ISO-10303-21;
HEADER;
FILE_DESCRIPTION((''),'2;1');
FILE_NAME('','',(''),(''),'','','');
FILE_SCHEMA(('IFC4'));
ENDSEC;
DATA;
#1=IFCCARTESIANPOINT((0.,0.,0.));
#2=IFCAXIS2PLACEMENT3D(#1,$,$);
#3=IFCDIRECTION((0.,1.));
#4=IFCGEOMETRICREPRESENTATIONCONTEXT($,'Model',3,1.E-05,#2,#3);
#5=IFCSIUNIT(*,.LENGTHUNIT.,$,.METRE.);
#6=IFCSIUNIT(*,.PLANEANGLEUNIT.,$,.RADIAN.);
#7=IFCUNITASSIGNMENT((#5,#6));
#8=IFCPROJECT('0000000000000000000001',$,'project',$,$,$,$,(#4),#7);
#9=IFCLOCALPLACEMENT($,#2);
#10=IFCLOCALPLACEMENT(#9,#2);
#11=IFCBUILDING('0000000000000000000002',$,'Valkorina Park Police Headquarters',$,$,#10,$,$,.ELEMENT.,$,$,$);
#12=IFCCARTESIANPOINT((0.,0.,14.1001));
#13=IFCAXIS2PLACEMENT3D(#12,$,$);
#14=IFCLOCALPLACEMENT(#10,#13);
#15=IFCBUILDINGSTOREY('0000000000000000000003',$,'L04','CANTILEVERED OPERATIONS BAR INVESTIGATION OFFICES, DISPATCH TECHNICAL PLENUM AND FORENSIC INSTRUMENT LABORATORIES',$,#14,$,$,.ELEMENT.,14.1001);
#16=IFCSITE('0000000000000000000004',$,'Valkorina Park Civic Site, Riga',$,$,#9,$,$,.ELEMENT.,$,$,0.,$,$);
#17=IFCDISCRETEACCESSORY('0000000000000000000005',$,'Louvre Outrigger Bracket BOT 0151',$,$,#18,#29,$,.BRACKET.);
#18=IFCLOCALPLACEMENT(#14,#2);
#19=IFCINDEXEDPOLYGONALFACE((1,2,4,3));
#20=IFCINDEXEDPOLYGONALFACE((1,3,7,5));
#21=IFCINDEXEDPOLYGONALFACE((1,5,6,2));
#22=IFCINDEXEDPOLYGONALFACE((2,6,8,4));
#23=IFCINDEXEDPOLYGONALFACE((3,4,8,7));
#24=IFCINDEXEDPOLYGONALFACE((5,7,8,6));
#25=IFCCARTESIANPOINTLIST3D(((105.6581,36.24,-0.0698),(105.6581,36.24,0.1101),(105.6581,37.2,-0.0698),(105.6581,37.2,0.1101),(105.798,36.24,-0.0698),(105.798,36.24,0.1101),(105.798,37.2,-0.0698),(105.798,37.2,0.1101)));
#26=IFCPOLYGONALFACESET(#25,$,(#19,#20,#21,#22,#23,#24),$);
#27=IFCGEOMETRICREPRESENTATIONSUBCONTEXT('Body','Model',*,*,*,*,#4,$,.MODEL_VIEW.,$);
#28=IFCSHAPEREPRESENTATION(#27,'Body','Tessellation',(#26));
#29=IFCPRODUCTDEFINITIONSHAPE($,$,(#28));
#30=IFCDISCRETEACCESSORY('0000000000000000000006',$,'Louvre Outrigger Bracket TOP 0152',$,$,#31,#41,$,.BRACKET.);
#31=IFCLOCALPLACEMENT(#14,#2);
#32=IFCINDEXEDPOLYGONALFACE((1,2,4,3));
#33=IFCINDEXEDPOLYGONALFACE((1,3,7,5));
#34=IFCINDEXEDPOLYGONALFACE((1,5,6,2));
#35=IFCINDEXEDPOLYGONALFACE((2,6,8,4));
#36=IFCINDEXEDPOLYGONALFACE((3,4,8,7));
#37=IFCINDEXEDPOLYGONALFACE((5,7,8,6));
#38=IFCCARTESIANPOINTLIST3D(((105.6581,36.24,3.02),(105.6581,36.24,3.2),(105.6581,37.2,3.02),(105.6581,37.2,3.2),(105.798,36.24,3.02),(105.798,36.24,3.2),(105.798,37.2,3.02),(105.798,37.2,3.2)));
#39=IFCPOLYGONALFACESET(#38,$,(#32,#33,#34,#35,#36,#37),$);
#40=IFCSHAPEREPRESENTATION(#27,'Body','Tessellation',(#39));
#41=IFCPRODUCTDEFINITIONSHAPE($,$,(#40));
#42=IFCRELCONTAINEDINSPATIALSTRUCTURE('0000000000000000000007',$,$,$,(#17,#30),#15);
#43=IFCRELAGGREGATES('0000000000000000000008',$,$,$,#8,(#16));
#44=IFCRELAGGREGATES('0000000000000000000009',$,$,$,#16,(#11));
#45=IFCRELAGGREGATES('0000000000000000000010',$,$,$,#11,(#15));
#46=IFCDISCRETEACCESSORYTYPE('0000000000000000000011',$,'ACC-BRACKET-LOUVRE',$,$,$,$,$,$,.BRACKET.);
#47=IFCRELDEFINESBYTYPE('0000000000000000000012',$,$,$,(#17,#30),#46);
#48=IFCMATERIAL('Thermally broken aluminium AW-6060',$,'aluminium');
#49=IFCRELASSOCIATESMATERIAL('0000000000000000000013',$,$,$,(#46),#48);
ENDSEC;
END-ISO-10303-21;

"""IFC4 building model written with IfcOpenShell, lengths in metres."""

from ifc_helpers import new_model, si_unit, direction, frame, origin, origin_2d, place, context, subcontext, project, spatial, rectangle, extrude, material, type_object, element, save


model = new_model("IFC4")

# Units and contexts
model_context = context("Model", 3, precision=1e-05, world=origin(), true_north=direction((0.0, 1.0)))
body_context = subcontext(model_context, "Body", "Model", "MODEL_VIEW")
ifc_project = project(units=[si_unit("LENGTHUNIT", "METRE"), si_unit("PLANEANGLEUNIT", "RADIAN")], contexts=[model_context])

# Site, building, storey
site_placement = place(None, origin())
site = spatial("IfcSite", under=ifc_project, at=site_placement, Name="Valkorina Park Civic Site, Riga", CompositionType="ELEMENT", RefElevation=0.0)
building_placement = place(site_placement, origin())
building = spatial("IfcBuilding", under=site, at=building_placement, Name="Valkorina Park Police Headquarters", CompositionType="ELEMENT")
storey_placement = place(building_placement, frame((0.0, 0.0, 14.1001)))
storey = spatial("IfcBuildingStorey", under=building, at=storey_placement, Name="L04", Description="CANTILEVERED OPERATIONS BAR INVESTIGATION OFFICES, DISPATCH TECHNICAL PLENUM AND FORENSIC INSTRUMENT LABORATORIES", CompositionType="ELEMENT", Elevation=14.1001)

# Shared definitions
ifc_material_1 = material(Name="Thermally broken aluminium AW-6060", Category="aluminium")

# Discrete accessories
discrete_accessory_type = type_object("IfcDiscreteAccessoryType", Name="ACC-BRACKET-LOUVRE", PredefinedType="BRACKET", material=ifc_material_1)
for number, where, z_axis, x_axis, name in (
    (1, (105.728, 36.72, -0.0698), (0.0, 0.0, 1.0), (0.0, -1.0, 0.0), "Louvre Outrigger Bracket BOT 0151"),
    (2, (105.728, 36.72, 3.02), (0.0, 0.0, 1.0), (0.0, -1.0, 0.0), "Louvre Outrigger Bracket TOP 0152"),
):
    element("IfcDiscreteAccessory", number, at=place(storey_placement, frame(where, z_axis=z_axis, x_axis=x_axis)), inside=storey, type_object=discrete_accessory_type, Name=name, PredefinedType="BRACKET", context=body_context, shape_type="SweptSolid", body=[
        extrude(rectangle(XDim=0.96, YDim=0.1399, at=origin_2d()), origin(), (0.0, 0.0, 1.0), 0.1799),
    ])

save(model, "model.ifc")
